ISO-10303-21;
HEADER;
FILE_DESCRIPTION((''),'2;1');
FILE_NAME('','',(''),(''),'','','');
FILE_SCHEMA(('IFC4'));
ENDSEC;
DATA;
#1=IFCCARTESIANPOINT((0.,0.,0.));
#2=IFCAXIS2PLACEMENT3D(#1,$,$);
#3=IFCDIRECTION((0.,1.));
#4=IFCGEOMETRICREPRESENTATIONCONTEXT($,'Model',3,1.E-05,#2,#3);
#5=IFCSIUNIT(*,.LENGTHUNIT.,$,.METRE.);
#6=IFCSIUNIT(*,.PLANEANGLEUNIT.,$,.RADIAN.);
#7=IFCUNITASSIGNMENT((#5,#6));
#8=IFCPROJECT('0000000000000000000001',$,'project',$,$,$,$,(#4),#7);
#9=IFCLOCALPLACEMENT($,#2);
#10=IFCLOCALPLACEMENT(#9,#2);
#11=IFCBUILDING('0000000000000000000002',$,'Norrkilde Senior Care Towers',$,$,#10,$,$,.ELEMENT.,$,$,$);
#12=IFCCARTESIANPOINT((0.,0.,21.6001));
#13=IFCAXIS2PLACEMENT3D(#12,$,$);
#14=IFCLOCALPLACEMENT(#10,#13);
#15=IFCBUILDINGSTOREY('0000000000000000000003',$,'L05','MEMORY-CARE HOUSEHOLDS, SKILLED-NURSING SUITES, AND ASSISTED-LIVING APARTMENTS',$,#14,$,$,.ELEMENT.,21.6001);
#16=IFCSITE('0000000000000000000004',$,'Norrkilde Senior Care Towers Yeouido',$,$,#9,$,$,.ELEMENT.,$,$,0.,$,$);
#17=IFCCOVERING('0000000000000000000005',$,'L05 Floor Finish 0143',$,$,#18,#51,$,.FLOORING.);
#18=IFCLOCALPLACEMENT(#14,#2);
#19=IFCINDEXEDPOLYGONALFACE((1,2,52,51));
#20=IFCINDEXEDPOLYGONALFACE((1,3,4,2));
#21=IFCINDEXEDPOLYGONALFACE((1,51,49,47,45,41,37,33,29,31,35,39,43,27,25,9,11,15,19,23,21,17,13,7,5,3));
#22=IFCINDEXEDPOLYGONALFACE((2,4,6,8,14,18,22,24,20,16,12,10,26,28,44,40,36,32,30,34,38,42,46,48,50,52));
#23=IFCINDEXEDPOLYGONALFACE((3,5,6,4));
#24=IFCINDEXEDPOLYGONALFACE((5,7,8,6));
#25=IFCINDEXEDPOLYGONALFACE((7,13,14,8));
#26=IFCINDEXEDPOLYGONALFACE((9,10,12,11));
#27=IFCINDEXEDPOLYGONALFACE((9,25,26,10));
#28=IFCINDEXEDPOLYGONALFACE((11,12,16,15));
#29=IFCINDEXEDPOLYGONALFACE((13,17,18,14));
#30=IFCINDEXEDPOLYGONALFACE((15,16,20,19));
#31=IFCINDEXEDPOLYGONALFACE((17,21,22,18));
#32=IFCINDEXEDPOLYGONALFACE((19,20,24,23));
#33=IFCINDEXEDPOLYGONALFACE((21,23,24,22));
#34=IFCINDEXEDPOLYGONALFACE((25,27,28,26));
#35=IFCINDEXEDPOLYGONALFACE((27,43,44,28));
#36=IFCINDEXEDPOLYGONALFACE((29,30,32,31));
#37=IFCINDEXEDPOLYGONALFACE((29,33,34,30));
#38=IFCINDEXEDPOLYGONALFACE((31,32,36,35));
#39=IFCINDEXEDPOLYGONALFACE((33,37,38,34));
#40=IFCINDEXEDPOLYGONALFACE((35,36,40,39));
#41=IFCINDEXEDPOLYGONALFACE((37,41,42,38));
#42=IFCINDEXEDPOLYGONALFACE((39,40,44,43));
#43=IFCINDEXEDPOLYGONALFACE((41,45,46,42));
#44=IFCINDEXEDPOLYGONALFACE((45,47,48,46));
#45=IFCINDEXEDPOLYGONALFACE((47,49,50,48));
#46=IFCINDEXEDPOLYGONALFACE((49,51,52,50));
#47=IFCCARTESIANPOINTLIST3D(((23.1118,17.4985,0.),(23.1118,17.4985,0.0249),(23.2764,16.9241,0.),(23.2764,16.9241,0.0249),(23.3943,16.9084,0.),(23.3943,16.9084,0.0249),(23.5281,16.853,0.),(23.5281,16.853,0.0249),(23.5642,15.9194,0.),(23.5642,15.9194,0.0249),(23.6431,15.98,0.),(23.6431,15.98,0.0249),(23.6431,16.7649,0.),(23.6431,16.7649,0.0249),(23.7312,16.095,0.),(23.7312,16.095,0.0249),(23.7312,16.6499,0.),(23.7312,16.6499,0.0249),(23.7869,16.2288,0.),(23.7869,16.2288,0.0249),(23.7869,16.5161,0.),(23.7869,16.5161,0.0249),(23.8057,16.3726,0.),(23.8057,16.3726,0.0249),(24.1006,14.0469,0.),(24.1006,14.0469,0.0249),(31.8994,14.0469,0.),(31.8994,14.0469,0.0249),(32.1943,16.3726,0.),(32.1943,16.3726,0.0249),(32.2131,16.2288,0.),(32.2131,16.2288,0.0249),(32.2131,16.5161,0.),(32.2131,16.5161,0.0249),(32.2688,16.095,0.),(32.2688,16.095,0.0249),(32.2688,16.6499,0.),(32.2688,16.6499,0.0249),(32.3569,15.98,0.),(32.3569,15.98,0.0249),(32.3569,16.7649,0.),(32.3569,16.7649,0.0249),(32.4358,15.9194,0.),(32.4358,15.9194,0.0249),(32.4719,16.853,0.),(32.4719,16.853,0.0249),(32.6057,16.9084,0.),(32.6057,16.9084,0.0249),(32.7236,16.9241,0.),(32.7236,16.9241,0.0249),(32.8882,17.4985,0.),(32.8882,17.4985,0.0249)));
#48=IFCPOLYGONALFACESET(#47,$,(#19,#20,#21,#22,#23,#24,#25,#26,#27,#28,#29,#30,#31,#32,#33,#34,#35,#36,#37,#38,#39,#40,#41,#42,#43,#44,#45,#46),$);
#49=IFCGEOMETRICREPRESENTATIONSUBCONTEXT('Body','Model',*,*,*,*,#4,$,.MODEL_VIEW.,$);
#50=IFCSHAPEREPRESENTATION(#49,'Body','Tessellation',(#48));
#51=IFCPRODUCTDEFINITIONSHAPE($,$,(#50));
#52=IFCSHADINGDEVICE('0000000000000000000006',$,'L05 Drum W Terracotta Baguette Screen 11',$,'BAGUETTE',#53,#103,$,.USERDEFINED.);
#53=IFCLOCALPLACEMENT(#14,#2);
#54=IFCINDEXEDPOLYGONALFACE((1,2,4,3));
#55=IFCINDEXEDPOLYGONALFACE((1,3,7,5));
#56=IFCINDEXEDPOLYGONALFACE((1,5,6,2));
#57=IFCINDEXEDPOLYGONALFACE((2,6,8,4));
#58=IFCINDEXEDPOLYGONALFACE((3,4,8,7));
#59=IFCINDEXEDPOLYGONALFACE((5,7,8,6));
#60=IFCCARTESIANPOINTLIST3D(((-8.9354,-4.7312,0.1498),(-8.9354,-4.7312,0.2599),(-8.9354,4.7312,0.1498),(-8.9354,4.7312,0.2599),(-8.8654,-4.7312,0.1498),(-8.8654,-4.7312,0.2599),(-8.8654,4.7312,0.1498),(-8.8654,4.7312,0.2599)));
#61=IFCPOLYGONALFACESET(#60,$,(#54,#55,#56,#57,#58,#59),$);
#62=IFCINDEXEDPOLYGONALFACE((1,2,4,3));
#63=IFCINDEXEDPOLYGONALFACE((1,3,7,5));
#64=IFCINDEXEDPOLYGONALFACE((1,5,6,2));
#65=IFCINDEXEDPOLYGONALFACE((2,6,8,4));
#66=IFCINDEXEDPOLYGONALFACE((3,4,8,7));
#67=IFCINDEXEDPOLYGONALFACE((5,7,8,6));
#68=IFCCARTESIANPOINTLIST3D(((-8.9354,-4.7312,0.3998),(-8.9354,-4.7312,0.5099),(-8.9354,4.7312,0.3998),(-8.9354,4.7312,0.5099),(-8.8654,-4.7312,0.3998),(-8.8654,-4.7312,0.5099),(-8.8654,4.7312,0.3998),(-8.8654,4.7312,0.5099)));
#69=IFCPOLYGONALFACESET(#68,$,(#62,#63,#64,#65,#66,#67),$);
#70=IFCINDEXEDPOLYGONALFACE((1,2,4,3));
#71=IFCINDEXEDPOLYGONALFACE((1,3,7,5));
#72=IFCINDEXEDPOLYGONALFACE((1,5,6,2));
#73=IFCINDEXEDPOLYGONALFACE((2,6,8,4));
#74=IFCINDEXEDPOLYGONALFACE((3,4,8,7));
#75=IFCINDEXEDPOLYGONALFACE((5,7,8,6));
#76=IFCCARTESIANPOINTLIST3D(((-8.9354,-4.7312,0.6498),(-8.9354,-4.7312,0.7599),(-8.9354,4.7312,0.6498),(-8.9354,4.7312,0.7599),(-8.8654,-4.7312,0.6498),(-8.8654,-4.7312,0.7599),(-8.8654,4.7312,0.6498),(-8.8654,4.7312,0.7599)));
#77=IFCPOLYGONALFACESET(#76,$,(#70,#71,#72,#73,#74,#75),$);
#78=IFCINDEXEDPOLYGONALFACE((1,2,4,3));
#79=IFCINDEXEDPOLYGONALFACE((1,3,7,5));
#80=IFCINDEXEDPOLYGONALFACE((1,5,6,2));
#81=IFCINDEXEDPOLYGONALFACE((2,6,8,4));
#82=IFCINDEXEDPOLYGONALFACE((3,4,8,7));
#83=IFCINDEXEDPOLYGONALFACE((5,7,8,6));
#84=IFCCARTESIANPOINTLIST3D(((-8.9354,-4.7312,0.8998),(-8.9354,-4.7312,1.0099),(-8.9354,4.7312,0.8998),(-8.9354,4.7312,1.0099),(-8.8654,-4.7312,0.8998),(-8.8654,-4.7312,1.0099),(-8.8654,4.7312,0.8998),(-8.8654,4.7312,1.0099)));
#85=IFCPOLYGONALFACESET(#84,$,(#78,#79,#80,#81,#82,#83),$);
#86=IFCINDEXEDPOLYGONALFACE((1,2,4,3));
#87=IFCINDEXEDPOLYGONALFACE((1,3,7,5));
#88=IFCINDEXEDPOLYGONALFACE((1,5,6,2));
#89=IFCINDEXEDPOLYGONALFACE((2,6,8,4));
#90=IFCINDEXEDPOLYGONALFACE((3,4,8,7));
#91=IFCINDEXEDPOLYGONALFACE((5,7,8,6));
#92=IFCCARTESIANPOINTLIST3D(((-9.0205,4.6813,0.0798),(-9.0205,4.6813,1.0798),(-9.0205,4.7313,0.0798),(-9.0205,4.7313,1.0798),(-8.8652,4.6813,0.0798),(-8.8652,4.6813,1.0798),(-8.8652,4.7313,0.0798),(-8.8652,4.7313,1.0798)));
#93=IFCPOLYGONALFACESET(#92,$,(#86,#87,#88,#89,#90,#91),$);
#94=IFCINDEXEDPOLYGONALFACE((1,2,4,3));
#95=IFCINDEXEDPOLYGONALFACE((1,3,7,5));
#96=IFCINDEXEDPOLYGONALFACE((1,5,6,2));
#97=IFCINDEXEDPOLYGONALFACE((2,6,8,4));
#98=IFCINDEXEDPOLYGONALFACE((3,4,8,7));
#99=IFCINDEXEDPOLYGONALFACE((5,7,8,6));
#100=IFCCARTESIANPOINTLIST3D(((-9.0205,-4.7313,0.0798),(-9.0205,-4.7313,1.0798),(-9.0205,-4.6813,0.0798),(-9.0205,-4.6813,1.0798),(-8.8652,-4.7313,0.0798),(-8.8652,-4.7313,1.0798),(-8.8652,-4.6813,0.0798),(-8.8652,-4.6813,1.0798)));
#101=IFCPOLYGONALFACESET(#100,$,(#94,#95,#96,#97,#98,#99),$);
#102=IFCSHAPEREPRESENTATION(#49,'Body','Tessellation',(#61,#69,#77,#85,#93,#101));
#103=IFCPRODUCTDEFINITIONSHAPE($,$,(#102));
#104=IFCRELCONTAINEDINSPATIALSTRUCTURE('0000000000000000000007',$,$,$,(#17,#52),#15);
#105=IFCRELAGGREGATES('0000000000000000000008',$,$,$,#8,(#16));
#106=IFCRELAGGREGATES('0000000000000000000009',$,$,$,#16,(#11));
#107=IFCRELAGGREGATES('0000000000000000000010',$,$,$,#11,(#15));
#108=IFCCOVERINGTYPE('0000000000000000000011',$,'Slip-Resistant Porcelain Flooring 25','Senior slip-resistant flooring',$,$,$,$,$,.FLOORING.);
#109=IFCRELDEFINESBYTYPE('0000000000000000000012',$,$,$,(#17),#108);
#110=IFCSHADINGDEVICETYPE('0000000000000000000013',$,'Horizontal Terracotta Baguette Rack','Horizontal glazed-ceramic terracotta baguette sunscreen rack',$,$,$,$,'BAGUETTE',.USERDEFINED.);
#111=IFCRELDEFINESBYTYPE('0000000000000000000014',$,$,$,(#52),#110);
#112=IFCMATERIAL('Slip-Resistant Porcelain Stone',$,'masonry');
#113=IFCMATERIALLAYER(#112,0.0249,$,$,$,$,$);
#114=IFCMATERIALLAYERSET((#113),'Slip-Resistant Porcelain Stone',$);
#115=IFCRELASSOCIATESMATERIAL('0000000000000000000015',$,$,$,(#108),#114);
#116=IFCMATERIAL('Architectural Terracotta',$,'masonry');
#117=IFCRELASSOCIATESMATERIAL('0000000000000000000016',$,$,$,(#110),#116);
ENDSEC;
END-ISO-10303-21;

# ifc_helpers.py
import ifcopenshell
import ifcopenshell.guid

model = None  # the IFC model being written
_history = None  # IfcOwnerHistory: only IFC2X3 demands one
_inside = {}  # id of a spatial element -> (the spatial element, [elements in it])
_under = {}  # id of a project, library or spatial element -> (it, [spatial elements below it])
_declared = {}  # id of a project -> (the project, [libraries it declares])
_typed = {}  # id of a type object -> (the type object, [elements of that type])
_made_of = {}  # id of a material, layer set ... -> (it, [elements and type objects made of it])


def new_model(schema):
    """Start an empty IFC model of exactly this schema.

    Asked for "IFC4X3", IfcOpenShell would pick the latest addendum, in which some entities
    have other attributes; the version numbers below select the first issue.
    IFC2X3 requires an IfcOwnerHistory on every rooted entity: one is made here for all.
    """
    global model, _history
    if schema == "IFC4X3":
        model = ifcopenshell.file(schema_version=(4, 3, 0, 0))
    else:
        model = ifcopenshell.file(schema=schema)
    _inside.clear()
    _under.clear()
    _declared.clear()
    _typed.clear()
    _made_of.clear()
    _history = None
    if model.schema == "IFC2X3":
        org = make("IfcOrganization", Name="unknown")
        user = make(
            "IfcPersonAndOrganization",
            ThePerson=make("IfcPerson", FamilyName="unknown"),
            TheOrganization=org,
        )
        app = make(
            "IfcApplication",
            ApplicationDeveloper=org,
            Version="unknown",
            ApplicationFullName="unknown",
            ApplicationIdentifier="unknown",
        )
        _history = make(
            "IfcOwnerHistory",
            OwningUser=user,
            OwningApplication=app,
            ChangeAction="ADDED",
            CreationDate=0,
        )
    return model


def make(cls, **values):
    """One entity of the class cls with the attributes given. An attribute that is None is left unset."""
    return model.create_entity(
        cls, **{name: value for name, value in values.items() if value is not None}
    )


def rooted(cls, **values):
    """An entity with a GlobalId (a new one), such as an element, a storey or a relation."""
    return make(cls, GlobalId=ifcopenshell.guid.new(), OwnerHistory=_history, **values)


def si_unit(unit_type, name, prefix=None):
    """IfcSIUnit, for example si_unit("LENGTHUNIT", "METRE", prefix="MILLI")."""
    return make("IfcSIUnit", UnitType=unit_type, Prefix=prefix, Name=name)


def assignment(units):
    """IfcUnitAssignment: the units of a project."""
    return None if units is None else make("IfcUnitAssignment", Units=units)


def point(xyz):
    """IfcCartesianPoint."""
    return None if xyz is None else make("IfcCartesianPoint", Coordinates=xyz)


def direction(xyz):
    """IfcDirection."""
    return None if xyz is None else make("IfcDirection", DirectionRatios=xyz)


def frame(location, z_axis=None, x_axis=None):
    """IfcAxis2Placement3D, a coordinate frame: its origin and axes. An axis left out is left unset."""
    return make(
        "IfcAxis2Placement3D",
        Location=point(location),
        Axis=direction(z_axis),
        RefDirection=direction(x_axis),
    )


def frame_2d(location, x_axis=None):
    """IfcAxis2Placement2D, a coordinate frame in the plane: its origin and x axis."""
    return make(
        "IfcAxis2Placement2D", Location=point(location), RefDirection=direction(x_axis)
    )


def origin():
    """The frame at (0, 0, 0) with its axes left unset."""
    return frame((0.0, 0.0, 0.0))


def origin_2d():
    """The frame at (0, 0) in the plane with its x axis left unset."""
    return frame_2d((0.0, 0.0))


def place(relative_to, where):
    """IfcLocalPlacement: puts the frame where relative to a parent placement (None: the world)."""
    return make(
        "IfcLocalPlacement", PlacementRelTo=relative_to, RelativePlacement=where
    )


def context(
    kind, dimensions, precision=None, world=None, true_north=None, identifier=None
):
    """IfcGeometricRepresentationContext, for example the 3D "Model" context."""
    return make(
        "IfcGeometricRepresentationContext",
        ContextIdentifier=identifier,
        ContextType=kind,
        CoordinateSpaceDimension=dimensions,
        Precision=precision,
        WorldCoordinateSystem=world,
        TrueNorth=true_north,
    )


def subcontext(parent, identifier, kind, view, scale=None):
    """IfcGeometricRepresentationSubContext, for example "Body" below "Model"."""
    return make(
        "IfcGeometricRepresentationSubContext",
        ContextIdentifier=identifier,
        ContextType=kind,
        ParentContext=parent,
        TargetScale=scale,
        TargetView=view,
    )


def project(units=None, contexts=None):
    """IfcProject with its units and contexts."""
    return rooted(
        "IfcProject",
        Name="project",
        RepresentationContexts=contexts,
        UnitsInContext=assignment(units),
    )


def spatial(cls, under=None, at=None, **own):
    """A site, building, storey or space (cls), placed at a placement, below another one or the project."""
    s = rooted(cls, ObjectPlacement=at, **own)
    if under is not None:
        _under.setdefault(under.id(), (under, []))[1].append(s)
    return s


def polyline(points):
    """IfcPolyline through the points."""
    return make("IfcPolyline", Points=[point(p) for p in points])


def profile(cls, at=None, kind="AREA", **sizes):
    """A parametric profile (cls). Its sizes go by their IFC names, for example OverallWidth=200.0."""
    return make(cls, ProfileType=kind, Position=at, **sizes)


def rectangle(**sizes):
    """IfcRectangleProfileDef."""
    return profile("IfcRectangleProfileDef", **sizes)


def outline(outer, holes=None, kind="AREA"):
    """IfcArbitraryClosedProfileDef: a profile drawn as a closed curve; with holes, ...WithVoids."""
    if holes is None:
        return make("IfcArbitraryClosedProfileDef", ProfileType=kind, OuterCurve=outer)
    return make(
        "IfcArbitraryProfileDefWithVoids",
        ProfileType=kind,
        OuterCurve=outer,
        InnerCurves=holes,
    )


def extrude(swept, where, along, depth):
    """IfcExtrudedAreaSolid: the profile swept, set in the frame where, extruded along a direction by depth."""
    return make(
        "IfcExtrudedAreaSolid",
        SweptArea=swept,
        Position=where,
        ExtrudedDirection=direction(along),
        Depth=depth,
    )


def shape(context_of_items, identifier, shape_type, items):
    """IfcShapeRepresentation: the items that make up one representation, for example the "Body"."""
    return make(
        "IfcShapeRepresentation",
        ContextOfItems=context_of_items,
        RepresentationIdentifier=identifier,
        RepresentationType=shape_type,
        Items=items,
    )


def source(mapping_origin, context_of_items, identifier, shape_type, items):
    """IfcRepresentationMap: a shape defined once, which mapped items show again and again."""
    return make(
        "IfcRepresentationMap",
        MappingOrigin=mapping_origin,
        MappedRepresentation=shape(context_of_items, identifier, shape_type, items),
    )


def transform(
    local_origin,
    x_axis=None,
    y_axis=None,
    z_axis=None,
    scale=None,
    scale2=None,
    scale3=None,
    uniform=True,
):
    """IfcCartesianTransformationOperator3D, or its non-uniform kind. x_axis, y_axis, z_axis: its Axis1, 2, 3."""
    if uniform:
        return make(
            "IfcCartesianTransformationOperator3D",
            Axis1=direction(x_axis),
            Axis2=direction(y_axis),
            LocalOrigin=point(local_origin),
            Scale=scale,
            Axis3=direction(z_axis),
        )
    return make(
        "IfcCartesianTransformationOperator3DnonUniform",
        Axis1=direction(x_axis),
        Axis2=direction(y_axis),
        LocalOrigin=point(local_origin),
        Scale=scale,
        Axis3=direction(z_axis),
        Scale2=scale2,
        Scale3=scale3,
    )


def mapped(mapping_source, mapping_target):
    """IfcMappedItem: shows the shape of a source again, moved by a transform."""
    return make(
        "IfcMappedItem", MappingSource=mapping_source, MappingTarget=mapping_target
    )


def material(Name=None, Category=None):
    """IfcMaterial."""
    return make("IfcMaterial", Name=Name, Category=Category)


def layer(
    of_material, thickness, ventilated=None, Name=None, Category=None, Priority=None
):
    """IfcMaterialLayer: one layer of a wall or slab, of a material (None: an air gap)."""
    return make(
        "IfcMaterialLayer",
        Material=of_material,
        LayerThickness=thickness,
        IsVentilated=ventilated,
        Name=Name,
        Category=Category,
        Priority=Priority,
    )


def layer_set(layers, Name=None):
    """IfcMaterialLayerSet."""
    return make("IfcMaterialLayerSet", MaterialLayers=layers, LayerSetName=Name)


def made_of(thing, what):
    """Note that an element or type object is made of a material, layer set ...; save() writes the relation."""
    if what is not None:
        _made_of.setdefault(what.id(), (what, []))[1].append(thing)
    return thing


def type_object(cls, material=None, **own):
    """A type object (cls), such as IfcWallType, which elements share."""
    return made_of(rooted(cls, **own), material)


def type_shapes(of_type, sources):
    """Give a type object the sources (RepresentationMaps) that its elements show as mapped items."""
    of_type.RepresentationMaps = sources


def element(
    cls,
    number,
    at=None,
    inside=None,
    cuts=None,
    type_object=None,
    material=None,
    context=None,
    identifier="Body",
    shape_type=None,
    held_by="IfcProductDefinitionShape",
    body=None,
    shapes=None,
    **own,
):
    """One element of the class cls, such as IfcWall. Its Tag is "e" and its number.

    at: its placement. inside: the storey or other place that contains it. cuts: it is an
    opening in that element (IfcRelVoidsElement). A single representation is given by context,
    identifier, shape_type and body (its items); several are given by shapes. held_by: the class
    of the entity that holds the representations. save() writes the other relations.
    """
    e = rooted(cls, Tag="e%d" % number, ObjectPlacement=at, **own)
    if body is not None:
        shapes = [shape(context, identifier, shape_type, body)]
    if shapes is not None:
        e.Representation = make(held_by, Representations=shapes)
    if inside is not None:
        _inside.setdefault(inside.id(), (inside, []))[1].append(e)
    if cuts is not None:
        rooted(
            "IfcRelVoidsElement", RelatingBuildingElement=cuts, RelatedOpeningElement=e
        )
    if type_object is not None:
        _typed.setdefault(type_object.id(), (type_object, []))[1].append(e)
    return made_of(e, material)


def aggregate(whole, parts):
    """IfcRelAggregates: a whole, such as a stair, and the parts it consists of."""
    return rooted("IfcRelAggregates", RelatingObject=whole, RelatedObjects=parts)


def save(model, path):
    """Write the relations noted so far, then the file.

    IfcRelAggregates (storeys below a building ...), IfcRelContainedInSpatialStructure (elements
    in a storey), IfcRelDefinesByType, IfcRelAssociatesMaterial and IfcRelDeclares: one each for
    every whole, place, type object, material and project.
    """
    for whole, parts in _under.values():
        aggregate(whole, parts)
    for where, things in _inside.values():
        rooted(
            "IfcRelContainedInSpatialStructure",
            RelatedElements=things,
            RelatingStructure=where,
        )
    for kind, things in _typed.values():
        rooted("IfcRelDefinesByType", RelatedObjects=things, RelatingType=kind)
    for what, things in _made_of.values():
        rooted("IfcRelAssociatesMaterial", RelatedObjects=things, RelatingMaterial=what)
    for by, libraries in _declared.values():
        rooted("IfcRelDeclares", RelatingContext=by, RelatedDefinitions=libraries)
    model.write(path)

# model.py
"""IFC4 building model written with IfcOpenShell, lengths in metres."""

from ifc_helpers import new_model, si_unit, direction, frame, origin, origin_2d, place, context, subcontext, project, spatial, polyline, rectangle, outline, extrude, source, transform, mapped, material, layer, layer_set, type_object, type_shapes, element, save


model = new_model("IFC4")

# Units and contexts
model_context = context("Model", 3, precision=1e-05, world=origin(), true_north=direction((0.0, 1.0)))
body_context = subcontext(model_context, "Body", "Model", "MODEL_VIEW")
ifc_project = project(units=[si_unit("LENGTHUNIT", "METRE"), si_unit("PLANEANGLEUNIT", "RADIAN")], contexts=[model_context])

# Site, building, storey
site_placement = place(None, origin())
site = spatial("IfcSite", under=ifc_project, at=site_placement, Name="Norrkilde Senior Care Towers Yeouido", CompositionType="ELEMENT", RefElevation=0.0)
building_placement = place(site_placement, origin())
building = spatial("IfcBuilding", under=site, at=building_placement, Name="Norrkilde Senior Care Towers", CompositionType="ELEMENT")
storey_placement = place(building_placement, frame((0.0, 0.0, 21.6001)))
storey = spatial("IfcBuildingStorey", under=building, at=storey_placement, Name="L05", Description="MEMORY-CARE HOUSEHOLDS, SKILLED-NURSING SUITES, AND ASSISTED-LIVING APARTMENTS", CompositionType="ELEMENT", Elevation=21.6001)

# Covering
ifc_material_1 = material(Name="Slip-Resistant Porcelain Stone", Category="masonry")
ifc_layer_1 = layer(ifc_material_1, 0.0249)
ifc_layer_set_1 = layer_set([ifc_layer_1], Name="Slip-Resistant Porcelain Stone")
covering_type_1 = type_object("IfcCoveringType", Name="Slip-Resistant Porcelain Flooring 25", Description="Senior slip-resistant flooring", PredefinedType="FLOORING", material=ifc_layer_set_1)
covering_1_placement = place(storey_placement, origin())
element("IfcCovering", 1, at=covering_1_placement, inside=storey, type_object=covering_type_1, Name="L05 Floor Finish 0143", PredefinedType="FLOORING", context=body_context, shape_type="SweptSolid", body=[
    extrude(outline(polyline([(32.7236, 16.9241), (32.6057, 16.9084), (32.4719, 16.853), (32.3569, 16.7649), (32.2688, 16.6499), (32.2131, 16.5161), (32.1943, 16.3726), (32.2131, 16.2288), (32.2688, 16.095), (32.3569, 15.98), (32.4358, 15.9194), (31.8994, 14.0469), (24.1006, 14.0469), (23.5642, 15.9194), (23.6431, 15.98), (23.7312, 16.095), (23.7869, 16.2288), (23.8057, 16.3726), (23.7869, 16.5161), (23.7312, 16.6499), (23.6431, 16.7649), (23.5281, 16.853), (23.3943, 16.9084), (23.2764, 16.9241), (23.1118, 17.4985), (32.8882, 17.4985), (32.7236, 16.9241)])), origin(), (0.0, 0.0, 1.0), 0.0249),
])

# Shading device
ifc_material_2 = material(Name="Architectural Terracotta", Category="masonry")
shading_device_type = type_object("IfcShadingDeviceType", Name="Horizontal Terracotta Baguette Rack", Description="Horizontal glazed-ceramic terracotta baguette sunscreen rack", ElementType="BAGUETTE", PredefinedType="USERDEFINED", material=ifc_material_2)
shared_shape_1 = source(origin(), body_context, "Body", "SweptSolid", [
    extrude(rectangle(XDim=0.0701, YDim=0.1101, at=origin_2d()), frame((0.0, 0.0901, 0.125), z_axis=(1.0, 0.0, 0.0), x_axis=(0.0, 1.0, 0.0)), (0.0, 0.0, 1.0), 9.4624),
    extrude(rectangle(XDim=0.0701, YDim=0.1101, at=origin_2d()), frame((0.0, 0.0901, 0.375), z_axis=(1.0, 0.0, 0.0), x_axis=(0.0, 1.0, 0.0)), (0.0, 0.0, 1.0), 9.4624),
    extrude(rectangle(XDim=0.0701, YDim=0.1101, at=origin_2d()), frame((0.0, 0.0901, 0.625), z_axis=(1.0, 0.0, 0.0), x_axis=(0.0, 1.0, 0.0)), (0.0, 0.0, 1.0), 9.4624),
    extrude(rectangle(XDim=0.0701, YDim=0.1101, at=origin_2d()), frame((0.0, 0.0901, 0.875), z_axis=(1.0, 0.0, 0.0), x_axis=(0.0, 1.0, 0.0)), (0.0, 0.0, 1.0), 9.4624),
    extrude(rectangle(XDim=0.05, YDim=0.1553, at=origin_2d()), frame((0.0249, 0.0476, 0.0)), (0.0, 0.0, 1.0), 1.0),
    extrude(rectangle(XDim=0.05, YDim=0.1553, at=origin_2d()), frame((9.4375, 0.0476, 0.0)), (0.0, 0.0, 1.0), 1.0),
])
type_shapes(shading_device_type, [shared_shape_1])
shading_device_placement = place(storey_placement, frame((-8.9905, 4.7312, 0.0798), z_axis=(0.0, 0.0, 1.0), x_axis=(0.0, -1.0, 0.0)))
element("IfcShadingDevice", 2, at=shading_device_placement, inside=storey, type_object=shading_device_type, Name="L05 Drum W Terracotta Baguette Screen 11", ObjectType="BAGUETTE", PredefinedType="USERDEFINED", context=body_context, shape_type="MappedRepresentation", body=[
    mapped(shared_shape_1, transform((0.0, 0.0, 0.0), x_axis=(1.0, 0.0, 0.0), y_axis=(0.0, 1.0, 0.0), z_axis=(0.0, 0.0, 1.0), scale=1.0)),
])

save(model, "model.ifc")
